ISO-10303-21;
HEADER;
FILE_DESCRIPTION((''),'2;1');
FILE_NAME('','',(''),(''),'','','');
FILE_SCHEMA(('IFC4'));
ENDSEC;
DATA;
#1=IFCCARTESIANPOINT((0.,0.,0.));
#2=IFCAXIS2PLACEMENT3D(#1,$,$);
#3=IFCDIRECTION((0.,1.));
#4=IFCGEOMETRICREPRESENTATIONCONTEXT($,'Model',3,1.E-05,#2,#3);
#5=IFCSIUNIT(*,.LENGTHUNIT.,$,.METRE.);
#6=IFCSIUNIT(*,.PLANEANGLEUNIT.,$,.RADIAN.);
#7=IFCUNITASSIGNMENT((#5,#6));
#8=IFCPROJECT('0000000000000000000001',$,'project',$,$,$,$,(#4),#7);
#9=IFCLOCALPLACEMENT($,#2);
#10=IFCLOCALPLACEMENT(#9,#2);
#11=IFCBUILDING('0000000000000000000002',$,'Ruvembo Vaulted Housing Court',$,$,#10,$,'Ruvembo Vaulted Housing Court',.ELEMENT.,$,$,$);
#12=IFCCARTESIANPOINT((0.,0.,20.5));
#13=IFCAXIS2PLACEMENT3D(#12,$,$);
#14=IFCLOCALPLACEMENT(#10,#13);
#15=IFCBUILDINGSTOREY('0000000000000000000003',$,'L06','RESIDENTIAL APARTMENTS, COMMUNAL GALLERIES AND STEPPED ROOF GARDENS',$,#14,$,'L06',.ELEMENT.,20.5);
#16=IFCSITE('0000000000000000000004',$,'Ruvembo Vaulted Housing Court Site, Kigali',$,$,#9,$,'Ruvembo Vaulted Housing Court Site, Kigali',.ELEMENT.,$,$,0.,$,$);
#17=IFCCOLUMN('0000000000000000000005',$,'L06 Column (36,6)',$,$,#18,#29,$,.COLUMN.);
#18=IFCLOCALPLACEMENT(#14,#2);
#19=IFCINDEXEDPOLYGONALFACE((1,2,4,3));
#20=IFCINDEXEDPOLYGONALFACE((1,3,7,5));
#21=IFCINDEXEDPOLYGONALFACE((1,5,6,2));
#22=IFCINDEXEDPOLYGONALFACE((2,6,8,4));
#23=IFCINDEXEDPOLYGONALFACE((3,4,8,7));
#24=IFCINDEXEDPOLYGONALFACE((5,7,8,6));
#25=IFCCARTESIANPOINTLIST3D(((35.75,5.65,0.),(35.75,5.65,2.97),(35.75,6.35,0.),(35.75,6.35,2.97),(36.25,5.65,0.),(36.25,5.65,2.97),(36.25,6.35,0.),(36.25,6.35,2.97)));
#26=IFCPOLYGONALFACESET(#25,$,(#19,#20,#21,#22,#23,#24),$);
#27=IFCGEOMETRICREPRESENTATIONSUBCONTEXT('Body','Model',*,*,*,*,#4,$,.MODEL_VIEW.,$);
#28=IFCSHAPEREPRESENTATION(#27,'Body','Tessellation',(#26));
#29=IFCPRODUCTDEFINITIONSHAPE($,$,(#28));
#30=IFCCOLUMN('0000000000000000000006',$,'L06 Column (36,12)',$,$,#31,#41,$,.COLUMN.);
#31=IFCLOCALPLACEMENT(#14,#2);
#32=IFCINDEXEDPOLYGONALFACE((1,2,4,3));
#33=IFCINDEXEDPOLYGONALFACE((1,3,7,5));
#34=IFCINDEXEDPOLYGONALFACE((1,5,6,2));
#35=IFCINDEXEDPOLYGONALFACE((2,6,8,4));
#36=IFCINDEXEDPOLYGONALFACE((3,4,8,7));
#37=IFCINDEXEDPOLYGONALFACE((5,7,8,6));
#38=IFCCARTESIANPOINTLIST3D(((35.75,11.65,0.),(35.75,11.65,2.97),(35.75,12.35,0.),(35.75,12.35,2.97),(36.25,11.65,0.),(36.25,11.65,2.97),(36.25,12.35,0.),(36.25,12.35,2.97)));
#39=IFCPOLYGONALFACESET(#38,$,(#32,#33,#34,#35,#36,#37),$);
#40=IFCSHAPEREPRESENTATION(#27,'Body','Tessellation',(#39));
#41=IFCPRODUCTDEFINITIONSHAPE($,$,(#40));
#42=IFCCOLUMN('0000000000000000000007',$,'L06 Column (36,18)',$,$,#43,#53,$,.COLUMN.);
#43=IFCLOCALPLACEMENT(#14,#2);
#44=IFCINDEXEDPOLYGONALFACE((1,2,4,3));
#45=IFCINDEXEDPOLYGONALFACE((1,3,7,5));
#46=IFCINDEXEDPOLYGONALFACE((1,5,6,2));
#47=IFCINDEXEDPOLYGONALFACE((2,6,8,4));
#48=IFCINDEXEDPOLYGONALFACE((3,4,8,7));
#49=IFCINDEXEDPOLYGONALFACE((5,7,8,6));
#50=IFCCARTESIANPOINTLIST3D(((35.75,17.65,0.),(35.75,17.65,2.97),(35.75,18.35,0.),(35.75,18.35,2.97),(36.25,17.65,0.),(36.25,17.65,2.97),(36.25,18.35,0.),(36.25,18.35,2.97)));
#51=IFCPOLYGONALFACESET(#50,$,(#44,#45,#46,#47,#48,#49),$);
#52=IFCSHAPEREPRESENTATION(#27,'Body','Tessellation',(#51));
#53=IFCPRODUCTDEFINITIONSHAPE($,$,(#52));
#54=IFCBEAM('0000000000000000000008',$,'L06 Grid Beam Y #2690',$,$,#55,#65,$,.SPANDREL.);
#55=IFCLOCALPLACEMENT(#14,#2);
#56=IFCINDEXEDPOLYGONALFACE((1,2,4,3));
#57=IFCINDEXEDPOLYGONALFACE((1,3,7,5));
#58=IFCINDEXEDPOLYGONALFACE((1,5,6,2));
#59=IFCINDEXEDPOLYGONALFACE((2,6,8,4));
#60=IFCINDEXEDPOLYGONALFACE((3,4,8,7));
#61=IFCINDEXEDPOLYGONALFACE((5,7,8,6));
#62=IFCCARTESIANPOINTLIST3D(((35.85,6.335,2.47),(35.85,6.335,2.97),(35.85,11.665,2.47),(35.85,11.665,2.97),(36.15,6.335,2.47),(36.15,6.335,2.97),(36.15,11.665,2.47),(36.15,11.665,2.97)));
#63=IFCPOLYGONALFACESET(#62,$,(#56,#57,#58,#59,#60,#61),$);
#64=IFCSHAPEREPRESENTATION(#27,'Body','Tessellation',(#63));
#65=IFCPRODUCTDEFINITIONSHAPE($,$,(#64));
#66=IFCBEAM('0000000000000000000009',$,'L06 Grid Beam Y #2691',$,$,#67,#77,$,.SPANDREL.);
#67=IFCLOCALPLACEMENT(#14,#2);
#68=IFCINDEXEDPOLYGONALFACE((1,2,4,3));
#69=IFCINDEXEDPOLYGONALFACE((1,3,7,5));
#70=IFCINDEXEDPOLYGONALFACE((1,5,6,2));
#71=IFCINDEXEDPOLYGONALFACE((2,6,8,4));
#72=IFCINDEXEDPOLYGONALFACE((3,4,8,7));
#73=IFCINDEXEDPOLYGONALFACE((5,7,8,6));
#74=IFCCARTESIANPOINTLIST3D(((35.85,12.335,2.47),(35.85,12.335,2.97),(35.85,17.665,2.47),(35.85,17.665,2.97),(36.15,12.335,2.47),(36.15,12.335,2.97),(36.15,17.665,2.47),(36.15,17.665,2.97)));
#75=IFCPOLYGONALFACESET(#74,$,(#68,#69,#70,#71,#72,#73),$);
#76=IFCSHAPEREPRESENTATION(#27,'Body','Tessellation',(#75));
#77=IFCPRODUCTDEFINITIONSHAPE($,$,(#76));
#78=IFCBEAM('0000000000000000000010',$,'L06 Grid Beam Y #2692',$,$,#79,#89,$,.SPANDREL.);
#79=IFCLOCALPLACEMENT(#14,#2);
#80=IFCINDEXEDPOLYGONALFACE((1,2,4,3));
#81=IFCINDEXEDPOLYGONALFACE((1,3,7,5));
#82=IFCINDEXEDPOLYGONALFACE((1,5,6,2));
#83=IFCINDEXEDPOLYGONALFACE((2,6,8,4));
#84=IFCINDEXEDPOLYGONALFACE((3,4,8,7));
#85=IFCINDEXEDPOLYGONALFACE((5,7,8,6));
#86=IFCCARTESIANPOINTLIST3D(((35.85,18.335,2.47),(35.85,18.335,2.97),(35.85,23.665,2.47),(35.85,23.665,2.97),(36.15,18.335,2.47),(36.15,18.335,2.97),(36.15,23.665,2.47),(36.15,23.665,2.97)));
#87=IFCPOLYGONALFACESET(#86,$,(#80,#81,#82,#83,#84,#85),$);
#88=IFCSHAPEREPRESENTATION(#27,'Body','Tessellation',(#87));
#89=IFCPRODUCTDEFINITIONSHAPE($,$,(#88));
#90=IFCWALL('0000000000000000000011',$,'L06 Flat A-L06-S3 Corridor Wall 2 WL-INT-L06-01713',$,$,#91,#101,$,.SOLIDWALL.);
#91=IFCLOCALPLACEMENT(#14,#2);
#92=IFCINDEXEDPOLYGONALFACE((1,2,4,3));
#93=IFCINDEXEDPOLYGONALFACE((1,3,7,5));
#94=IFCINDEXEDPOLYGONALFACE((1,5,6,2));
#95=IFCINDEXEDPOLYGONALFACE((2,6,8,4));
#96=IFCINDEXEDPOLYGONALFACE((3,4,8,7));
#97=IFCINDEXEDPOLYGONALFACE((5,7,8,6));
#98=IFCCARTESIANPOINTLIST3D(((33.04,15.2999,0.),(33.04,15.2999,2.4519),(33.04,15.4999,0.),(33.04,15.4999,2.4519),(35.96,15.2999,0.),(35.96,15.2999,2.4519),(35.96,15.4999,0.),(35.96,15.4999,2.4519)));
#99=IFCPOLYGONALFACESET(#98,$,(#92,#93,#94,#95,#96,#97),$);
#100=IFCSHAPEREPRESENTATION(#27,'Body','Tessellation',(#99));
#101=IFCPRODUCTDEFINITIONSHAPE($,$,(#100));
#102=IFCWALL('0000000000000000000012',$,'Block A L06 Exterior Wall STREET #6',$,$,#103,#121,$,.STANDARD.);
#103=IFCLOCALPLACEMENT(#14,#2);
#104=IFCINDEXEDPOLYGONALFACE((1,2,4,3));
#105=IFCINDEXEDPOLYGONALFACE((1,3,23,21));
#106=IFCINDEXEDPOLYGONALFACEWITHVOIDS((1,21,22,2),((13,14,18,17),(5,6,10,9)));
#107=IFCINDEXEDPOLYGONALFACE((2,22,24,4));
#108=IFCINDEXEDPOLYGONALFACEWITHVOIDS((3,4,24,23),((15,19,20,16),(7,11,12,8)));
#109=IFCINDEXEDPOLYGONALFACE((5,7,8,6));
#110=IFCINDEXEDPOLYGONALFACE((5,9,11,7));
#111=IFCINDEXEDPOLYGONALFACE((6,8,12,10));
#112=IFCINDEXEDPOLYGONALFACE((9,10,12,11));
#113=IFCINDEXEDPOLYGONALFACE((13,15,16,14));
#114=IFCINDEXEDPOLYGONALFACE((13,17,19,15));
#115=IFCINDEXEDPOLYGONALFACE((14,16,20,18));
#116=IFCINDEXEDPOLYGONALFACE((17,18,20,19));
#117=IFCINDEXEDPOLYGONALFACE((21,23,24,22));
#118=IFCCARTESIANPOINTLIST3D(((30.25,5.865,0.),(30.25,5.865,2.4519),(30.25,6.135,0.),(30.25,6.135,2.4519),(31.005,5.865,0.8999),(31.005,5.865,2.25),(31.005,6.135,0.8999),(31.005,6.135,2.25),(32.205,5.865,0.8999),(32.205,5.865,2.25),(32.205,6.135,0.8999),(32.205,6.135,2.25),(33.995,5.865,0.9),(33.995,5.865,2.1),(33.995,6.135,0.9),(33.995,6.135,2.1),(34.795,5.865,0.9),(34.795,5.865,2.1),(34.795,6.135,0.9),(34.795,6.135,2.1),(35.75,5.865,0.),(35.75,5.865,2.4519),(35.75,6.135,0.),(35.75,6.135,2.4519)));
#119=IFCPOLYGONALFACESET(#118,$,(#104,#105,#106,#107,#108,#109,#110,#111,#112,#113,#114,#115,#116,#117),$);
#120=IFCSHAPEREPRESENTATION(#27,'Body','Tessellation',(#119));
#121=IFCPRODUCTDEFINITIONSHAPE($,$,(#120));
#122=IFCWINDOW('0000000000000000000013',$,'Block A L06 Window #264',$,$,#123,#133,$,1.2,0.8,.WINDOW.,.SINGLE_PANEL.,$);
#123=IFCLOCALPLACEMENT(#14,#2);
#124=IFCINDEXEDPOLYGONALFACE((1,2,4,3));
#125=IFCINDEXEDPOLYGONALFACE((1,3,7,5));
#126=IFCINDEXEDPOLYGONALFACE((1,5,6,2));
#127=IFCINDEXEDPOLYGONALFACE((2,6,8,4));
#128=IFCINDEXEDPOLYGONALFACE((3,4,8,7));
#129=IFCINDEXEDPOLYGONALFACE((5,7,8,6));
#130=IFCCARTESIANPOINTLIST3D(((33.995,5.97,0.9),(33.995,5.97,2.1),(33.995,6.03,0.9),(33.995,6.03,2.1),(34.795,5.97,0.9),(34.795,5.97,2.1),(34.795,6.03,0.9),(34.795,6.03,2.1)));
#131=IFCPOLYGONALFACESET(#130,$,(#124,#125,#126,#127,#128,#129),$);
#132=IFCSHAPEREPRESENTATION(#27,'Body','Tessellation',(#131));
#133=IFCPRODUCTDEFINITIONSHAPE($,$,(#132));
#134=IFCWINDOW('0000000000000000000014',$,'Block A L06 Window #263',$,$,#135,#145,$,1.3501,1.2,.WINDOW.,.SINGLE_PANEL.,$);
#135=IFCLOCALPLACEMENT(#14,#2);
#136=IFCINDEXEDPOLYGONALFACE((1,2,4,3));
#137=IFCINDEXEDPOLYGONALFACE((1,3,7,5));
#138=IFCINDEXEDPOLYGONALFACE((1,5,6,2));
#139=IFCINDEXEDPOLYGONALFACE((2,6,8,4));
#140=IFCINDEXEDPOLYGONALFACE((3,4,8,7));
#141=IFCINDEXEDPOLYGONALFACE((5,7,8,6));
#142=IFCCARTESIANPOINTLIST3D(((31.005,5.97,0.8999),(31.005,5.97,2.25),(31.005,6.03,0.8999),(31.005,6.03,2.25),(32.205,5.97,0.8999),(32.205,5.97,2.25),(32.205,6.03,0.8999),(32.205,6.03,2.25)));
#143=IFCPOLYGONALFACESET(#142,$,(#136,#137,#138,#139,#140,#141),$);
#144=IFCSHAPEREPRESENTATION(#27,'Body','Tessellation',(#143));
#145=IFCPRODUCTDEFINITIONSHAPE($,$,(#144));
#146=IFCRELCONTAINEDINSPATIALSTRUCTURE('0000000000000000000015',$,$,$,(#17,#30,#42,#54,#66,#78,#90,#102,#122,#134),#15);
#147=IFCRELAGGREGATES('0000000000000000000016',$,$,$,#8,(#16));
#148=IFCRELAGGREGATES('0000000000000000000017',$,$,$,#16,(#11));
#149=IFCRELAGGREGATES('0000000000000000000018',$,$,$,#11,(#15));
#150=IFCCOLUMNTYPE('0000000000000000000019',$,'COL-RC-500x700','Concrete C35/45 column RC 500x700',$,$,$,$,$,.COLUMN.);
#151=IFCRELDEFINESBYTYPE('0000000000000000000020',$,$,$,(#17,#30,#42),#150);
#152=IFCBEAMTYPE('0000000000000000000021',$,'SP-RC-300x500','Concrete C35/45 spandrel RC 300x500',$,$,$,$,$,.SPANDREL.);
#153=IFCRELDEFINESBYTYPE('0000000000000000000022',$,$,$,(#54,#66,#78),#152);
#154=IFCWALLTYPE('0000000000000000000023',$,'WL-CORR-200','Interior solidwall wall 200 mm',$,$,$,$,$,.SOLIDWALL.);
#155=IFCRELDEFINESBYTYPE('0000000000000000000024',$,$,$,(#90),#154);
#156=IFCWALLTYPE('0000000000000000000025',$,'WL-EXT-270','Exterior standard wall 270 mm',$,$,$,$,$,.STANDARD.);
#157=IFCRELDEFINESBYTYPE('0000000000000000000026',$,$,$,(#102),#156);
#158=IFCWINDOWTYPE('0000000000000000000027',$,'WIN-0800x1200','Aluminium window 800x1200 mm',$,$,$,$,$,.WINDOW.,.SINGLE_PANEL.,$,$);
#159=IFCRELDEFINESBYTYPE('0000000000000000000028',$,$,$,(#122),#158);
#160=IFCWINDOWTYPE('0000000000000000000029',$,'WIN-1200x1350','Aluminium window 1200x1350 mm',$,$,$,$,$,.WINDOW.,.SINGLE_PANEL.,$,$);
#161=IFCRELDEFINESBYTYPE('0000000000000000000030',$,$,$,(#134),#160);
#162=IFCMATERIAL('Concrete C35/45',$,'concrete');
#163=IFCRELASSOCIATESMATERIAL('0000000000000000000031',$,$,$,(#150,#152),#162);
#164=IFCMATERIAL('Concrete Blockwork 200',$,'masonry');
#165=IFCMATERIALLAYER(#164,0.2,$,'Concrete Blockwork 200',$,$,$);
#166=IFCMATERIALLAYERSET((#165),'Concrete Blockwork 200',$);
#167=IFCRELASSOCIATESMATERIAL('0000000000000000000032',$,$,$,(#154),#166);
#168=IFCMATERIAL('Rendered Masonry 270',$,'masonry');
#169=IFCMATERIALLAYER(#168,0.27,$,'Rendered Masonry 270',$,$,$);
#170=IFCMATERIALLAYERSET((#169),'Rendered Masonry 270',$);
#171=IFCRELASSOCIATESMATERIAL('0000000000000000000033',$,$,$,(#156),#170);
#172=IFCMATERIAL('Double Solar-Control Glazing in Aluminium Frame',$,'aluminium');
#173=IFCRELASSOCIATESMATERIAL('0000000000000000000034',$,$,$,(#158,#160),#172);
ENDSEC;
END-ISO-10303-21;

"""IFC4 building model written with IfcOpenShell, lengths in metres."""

from ifc_helpers import new_model, si_unit, direction, frame, frame_2d, origin, origin_2d, place, context, subcontext, project, spatial, rectangle, extrude, material, layer, layer_set, material_profile, profile_set, type_object, element, fill, save


model = new_model("IFC4")

# Units and contexts
model_context = context("Model", 3, precision=1e-05, world=origin(), true_north=direction((0.0, 1.0)))
body_context = subcontext(model_context, "Body", "Model", "MODEL_VIEW")
ifc_project = project(units=[si_unit("LENGTHUNIT", "METRE"), si_unit("PLANEANGLEUNIT", "RADIAN")], contexts=[model_context])

# Site, building, storey
site_placement = place(None, origin())
site = spatial("IfcSite", under=ifc_project, at=site_placement, Name="Ruvembo Vaulted Housing Court Site, Kigali", LongName="Ruvembo Vaulted Housing Court Site, Kigali", CompositionType="ELEMENT", RefElevation=0.0)
building_placement = place(site_placement, origin())
building = spatial("IfcBuilding", under=site, at=building_placement, Name="Ruvembo Vaulted Housing Court", LongName="Ruvembo Vaulted Housing Court", CompositionType="ELEMENT")
storey_placement = place(building_placement, frame((0.0, 0.0, 20.5)))
storey = spatial("IfcBuildingStorey", under=building, at=storey_placement, Name="L06", Description="RESIDENTIAL APARTMENTS, COMMUNAL GALLERIES AND STEPPED ROOF GARDENS", LongName="L06", CompositionType="ELEMENT", Elevation=20.5)

# Columns
ifc_material_1 = material(Name="Concrete C35/45", Category="concrete")
ifc_material_profile_1 = material_profile(ifc_material_1, rectangle(XDim=0.5, YDim=0.7, at=origin_2d()), Name="RC 500x700")
ifc_profile_set_1 = profile_set([ifc_material_profile_1], Name="Concrete C35/45")
column_type = type_object("IfcColumnType", Name="COL-RC-500x700", Description="Concrete C35/45 column RC 500x700", PredefinedType="COLUMN", material=ifc_profile_set_1)
for number, where, z_axis, x_axis, name in (
    (1, (36.0, 6.0, 0.0), (0.0, 0.0, 1.0), (1.0, 0.0, 0.0), "L06 Column (36,6)"),
    (2, (36.0, 12.0, 0.0), (0.0, 0.0, 1.0), (1.0, 0.0, 0.0), "L06 Column (36,12)"),
    (3, (36.0, 18.0, 0.0), (0.0, 0.0, 1.0), (1.0, 0.0, 0.0), "L06 Column (36,18)"),
):
    element("IfcColumn", number, at=place(storey_placement, frame(where, z_axis=z_axis, x_axis=x_axis)), inside=storey, type_object=column_type, Name=name, PredefinedType="COLUMN", context=body_context, shape_type="SweptSolid", body=[
        extrude(rectangle(XDim=0.5, YDim=0.7, at=origin_2d()), origin(), (0.0, 0.0, 1.0), 2.97),
    ])

# Beams
ifc_material_profile_2 = material_profile(ifc_material_1, rectangle(XDim=0.3, YDim=0.5, at=origin_2d()), Name="RC 300x500")
ifc_profile_set_2 = profile_set([ifc_material_profile_2], Name="Concrete C35/45")
beam_type = type_object("IfcBeamType", Name="SP-RC-300x500", Description="Concrete C35/45 spandrel RC 300x500", PredefinedType="SPANDREL", material=ifc_profile_set_2)
for number, where, z_axis, x_axis, name in (
    (4, (36.0, 6.335, 2.72), (0.0, 1.0, 0.0), (-1.0, 0.0, 0.0), "L06 Grid Beam Y #2690"),
    (5, (36.0, 12.335, 2.72), (0.0, 1.0, 0.0), (-1.0, 0.0, 0.0), "L06 Grid Beam Y #2691"),
    (6, (36.0, 18.335, 2.72), (0.0, 1.0, 0.0), (-1.0, 0.0, 0.0), "L06 Grid Beam Y #2692"),
):
    element("IfcBeam", number, at=place(storey_placement, frame(where, z_axis=z_axis, x_axis=x_axis)), inside=storey, type_object=beam_type, Name=name, PredefinedType="SPANDREL", context=body_context, shape_type="SweptSolid", body=[
        extrude(rectangle(XDim=0.3, YDim=0.5, at=origin_2d()), origin(), (0.0, 0.0, 1.0), 5.3301),
    ])

# Wall
ifc_material_2 = material(Name="Concrete Blockwork 200", Category="masonry")
ifc_layer_1 = layer(ifc_material_2, 0.2, Name="Concrete Blockwork 200")
ifc_layer_set_1 = layer_set([ifc_layer_1], Name="Concrete Blockwork 200")
wall_type_1 = type_object("IfcWallType", Name="WL-CORR-200", Description="Interior solidwall wall 200 mm", PredefinedType="SOLIDWALL", material=ifc_layer_set_1)
wall_1_placement = place(storey_placement, frame((33.04, 15.3999, 0.0), z_axis=(0.0, 0.0, 1.0), x_axis=(1.0, 0.0, 0.0)))
element("IfcWall", 7, at=wall_1_placement, inside=storey, type_object=wall_type_1, Name="L06 Flat A-L06-S3 Corridor Wall 2 WL-INT-L06-01713", PredefinedType="SOLIDWALL", context=body_context, shape_type="SweptSolid", body=[
    extrude(rectangle(XDim=2.9199, YDim=0.2, at=frame_2d((1.46, 0.0))), origin(), (0.0, 0.0, 1.0), 2.4519),
])

# Wall, openings, windows
ifc_material_3 = material(Name="Rendered Masonry 270", Category="masonry")
ifc_layer_2 = layer(ifc_material_3, 0.27, Name="Rendered Masonry 270")
ifc_layer_set_2 = layer_set([ifc_layer_2], Name="Rendered Masonry 270")
wall_type_2 = type_object("IfcWallType", Name="WL-EXT-270", Description="Exterior standard wall 270 mm", PredefinedType="STANDARD", material=ifc_layer_set_2)
wall_2_placement = place(storey_placement, frame((30.25, 6.0, 0.0), z_axis=(0.0, 0.0, 1.0), x_axis=(1.0, 0.0, 0.0)))
wall_2 = element("IfcWall", 8, at=wall_2_placement, inside=storey, type_object=wall_type_2, Name="Block A L06 Exterior Wall STREET #6", PredefinedType="STANDARD", context=body_context, shape_type="SweptSolid", body=[
    extrude(rectangle(XDim=5.5, YDim=0.27, at=frame_2d((2.75, 0.0))), origin(), (0.0, 0.0, 1.0), 2.4519),
])
opening_1_placement = place(wall_2_placement, frame((0.7549, 0.0, 0.8999)))
opening_1 = element("IfcOpeningElement", 9, at=opening_1_placement, cuts=wall_2, PredefinedType="OPENING", context=body_context, shape_type="SweptSolid", body=[
    extrude(rectangle(XDim=1.2, YDim=1.3501, at=frame_2d((0.6001, 0.675))), frame((0.0, 0.145, 0.0), z_axis=(0.0, -1.0, 0.0), x_axis=(1.0, 0.0, 0.0)), (0.0, 0.0, 1.0), 0.29),
])
opening_2_placement = place(wall_2_placement, frame((3.7451, 0.0, 0.8999)))
opening_2 = element("IfcOpeningElement", 10, at=opening_2_placement, cuts=wall_2, PredefinedType="OPENING", context=body_context, shape_type="SweptSolid", body=[
    extrude(rectangle(XDim=0.8, YDim=1.2, at=frame_2d((0.3999, 0.6001))), frame((0.0, 0.145, 0.0), z_axis=(0.0, -1.0, 0.0), x_axis=(1.0, 0.0, 0.0)), (0.0, 0.0, 1.0), 0.29),
])
ifc_material_4 = material(Name="Double Solar-Control Glazing in Aluminium Frame", Category="aluminium")
window_type_1 = type_object("IfcWindowType", Name="WIN-0800x1200", Description="Aluminium window 800x1200 mm", PartitioningType="SINGLE_PANEL", PredefinedType="WINDOW", material=ifc_material_4)
window_1_placement = place(opening_2_placement, origin())
window_1 = element("IfcWindow", 11, at=window_1_placement, inside=storey, type_object=window_type_1, Name="Block A L06 Window #264", OverallHeight=1.2, OverallWidth=0.8, PartitioningType="SINGLE_PANEL", PredefinedType="WINDOW", context=body_context, shape_type="SweptSolid", body=[
    extrude(rectangle(XDim=0.8, YDim=1.2, at=frame_2d((0.3999, 0.6001))), frame((0.0, 0.03, 0.0), z_axis=(0.0, -1.0, 0.0), x_axis=(1.0, 0.0, 0.0)), (0.0, 0.0, 1.0), 0.0601),
])
fill(opening_2, window_1)
window_type_2 = type_object("IfcWindowType", Name="WIN-1200x1350", Description="Aluminium window 1200x1350 mm", PartitioningType="SINGLE_PANEL", PredefinedType="WINDOW", material=ifc_material_4)
window_2_placement = place(opening_1_placement, origin())
window_2 = element("IfcWindow", 12, at=window_2_placement, inside=storey, type_object=window_type_2, Name="Block A L06 Window #263", OverallHeight=1.3501, OverallWidth=1.2, PartitioningType="SINGLE_PANEL", PredefinedType="WINDOW", context=body_context, shape_type="SweptSolid", body=[
    extrude(rectangle(XDim=1.2, YDim=1.3501, at=frame_2d((0.6001, 0.675))), frame((0.0, 0.03, 0.0), z_axis=(0.0, -1.0, 0.0), x_axis=(1.0, 0.0, 0.0)), (0.0, 0.0, 1.0), 0.0601),
])
fill(opening_1, window_2)

save(model, "model.ifc")
